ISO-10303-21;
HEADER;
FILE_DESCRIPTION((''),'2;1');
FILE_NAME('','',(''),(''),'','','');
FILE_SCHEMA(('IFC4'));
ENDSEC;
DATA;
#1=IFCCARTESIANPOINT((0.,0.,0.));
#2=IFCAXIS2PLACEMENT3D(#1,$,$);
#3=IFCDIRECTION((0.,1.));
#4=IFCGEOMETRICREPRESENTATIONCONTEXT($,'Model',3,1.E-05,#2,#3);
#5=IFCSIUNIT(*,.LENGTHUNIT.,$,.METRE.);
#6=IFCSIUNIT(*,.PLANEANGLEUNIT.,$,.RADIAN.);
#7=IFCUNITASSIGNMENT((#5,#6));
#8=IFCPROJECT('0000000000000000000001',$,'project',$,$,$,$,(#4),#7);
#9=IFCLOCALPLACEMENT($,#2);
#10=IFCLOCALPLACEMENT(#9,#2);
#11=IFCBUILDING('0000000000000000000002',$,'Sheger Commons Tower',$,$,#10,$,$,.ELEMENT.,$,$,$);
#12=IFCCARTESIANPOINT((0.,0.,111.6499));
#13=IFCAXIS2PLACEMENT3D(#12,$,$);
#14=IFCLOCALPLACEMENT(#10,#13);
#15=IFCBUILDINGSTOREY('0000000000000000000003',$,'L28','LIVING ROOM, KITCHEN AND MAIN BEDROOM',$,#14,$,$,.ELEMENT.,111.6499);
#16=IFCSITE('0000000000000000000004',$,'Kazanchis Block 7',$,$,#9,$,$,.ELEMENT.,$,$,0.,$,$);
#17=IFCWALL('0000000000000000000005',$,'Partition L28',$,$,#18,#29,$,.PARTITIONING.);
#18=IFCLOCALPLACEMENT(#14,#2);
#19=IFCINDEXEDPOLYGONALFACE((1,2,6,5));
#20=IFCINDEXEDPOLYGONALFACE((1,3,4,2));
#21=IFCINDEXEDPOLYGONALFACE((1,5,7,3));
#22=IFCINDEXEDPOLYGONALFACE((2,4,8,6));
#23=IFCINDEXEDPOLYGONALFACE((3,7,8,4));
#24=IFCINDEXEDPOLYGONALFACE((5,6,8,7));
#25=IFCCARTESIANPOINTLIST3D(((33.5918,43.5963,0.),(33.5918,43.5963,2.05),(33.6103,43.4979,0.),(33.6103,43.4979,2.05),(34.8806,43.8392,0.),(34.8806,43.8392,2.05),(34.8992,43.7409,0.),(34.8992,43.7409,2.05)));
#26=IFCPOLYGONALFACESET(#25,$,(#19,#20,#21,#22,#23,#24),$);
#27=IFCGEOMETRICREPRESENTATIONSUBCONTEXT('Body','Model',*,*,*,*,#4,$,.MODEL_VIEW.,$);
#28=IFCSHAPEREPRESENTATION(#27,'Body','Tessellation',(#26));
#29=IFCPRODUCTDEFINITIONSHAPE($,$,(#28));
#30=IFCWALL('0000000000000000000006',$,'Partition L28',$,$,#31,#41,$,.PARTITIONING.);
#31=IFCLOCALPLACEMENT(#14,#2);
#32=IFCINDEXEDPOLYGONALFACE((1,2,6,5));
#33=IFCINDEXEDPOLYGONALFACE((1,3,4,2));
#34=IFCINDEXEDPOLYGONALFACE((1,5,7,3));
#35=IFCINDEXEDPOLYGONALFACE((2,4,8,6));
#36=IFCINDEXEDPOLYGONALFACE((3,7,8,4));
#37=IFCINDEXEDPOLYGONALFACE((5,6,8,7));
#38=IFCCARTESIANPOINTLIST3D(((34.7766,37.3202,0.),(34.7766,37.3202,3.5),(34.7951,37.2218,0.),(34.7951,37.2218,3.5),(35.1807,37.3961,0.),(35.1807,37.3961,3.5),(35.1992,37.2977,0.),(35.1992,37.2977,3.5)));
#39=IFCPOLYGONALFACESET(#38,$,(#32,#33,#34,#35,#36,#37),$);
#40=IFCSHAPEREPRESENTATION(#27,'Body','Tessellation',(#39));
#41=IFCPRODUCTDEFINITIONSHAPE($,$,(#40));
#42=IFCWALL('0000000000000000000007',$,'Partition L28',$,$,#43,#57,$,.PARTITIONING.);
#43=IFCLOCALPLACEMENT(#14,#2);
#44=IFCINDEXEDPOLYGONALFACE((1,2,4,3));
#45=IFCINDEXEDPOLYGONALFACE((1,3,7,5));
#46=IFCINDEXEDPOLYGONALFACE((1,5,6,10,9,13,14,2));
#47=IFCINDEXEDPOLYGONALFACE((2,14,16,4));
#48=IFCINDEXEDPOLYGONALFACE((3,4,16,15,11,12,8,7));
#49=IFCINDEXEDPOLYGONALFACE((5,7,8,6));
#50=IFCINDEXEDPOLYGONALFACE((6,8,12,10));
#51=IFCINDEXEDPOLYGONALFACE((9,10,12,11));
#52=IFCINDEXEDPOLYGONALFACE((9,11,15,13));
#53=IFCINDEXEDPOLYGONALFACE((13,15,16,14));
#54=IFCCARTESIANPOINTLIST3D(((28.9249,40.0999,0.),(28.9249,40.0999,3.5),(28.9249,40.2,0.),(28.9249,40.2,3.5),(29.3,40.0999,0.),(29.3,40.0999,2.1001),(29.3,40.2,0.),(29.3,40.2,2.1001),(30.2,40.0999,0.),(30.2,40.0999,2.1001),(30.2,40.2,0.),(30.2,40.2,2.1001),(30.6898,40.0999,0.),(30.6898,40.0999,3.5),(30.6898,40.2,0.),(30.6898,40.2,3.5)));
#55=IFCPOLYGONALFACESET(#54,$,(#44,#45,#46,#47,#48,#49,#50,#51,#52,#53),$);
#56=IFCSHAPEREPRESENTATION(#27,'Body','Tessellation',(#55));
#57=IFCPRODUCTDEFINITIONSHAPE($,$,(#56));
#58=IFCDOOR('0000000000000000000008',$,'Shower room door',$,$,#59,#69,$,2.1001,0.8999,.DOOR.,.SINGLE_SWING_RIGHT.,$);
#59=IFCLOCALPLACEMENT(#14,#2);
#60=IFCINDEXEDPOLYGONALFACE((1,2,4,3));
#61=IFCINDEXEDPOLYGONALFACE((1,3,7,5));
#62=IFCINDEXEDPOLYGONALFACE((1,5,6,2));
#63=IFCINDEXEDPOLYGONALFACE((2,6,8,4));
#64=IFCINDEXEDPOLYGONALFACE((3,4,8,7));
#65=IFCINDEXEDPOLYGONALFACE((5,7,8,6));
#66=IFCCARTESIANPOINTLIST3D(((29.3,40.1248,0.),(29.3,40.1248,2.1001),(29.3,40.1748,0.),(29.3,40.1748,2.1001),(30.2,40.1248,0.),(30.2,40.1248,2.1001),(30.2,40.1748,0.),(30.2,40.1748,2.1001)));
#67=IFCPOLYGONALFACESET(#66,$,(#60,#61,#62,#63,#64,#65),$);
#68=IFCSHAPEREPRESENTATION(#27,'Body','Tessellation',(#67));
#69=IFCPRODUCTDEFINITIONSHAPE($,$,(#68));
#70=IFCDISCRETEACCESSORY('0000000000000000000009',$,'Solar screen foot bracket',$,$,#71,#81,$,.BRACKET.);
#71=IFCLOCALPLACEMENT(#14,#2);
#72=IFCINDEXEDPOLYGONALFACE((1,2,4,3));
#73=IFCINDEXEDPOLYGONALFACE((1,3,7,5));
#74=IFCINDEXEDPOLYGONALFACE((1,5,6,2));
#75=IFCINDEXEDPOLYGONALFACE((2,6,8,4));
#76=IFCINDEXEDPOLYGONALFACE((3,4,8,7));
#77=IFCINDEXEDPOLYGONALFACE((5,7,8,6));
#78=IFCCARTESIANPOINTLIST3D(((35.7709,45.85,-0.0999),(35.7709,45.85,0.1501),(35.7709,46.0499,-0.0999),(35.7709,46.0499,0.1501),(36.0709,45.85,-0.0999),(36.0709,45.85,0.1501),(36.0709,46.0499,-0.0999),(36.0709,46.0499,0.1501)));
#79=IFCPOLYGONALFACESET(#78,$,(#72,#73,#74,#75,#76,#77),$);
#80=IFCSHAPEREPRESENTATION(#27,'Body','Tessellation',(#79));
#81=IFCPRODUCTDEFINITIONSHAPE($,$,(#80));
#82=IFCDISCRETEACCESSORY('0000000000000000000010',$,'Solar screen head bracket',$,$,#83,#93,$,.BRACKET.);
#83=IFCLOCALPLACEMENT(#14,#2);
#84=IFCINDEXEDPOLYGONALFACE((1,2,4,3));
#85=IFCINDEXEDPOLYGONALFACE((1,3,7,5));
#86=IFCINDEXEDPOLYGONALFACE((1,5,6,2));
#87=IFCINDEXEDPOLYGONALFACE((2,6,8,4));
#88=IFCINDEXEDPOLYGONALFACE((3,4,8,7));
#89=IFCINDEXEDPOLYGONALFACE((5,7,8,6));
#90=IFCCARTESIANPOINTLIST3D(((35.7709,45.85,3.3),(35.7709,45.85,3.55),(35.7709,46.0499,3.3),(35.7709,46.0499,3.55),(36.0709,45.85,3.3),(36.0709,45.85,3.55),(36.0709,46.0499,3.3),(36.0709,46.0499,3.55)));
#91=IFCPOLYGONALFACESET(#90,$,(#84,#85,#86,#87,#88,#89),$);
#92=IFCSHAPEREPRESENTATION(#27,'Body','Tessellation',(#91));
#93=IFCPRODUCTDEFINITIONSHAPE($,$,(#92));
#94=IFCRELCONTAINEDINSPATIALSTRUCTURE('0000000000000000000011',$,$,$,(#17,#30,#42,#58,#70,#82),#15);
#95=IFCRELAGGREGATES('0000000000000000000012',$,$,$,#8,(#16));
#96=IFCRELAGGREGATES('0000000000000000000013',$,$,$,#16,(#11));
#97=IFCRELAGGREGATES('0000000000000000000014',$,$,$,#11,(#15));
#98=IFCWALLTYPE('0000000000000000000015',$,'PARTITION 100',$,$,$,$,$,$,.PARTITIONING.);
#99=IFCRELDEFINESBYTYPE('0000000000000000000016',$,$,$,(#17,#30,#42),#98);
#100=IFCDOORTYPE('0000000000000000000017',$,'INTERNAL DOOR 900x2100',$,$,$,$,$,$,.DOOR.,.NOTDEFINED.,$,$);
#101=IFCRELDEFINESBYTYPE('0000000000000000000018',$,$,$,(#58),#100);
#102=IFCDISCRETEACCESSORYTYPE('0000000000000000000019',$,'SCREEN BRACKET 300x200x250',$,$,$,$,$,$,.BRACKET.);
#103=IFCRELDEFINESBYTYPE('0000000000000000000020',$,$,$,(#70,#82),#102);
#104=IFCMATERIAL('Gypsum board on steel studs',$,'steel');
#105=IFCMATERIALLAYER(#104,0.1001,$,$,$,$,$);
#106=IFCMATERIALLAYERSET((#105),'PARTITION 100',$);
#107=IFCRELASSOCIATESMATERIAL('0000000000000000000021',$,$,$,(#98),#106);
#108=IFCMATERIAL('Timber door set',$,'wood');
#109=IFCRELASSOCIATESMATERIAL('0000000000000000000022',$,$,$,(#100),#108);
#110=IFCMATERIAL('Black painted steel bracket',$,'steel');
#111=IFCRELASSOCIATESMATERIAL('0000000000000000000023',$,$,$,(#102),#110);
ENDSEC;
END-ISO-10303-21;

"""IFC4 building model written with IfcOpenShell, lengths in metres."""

from ifc_helpers import new_model, si_unit, direction, frame, frame_2d, origin, origin_2d, place, context, subcontext, project, spatial, rectangle, extrude, material, layer, layer_set, type_object, element, fill, save


model = new_model("IFC4")

# Units and contexts
model_context = context("Model", 3, precision=1e-05, world=origin(), true_north=direction((0.0, 1.0)))
body_context = subcontext(model_context, "Body", "Model", "MODEL_VIEW")
ifc_project = project(units=[si_unit("LENGTHUNIT", "METRE"), si_unit("PLANEANGLEUNIT", "RADIAN")], contexts=[model_context])

# Site, building, storey
site_placement = place(None, origin())
site = spatial("IfcSite", under=ifc_project, at=site_placement, Name="Kazanchis Block 7", CompositionType="ELEMENT", RefElevation=0.0)
building_placement = place(site_placement, origin())
building = spatial("IfcBuilding", under=site, at=building_placement, Name="Sheger Commons Tower", CompositionType="ELEMENT")
storey_placement = place(building_placement, frame((0.0, 0.0, 111.6499)))
storey = spatial("IfcBuildingStorey", under=building, at=storey_placement, Name="L28", Description="LIVING ROOM, KITCHEN AND MAIN BEDROOM", CompositionType="ELEMENT", Elevation=111.6499)

# Walls
ifc_material_1 = material(Name="Gypsum board on steel studs", Category="steel")
ifc_layer_1 = layer(ifc_material_1, 0.1001)
ifc_layer_set_1 = layer_set([ifc_layer_1], Name="PARTITION 100")
wall_type_1 = type_object("IfcWallType", Name="PARTITION 100", PredefinedType="PARTITIONING", material=ifc_layer_set_1)
wall_1_placement = place(storey_placement, frame((34.8899, 43.79, 0.0), z_axis=(0.0, 0.0, 1.0), x_axis=(-0.982697, -0.185221, 0.0)))
element("IfcWall", 1, at=wall_1_placement, inside=storey, type_object=wall_type_1, Name="Partition L28", PredefinedType="PARTITIONING", context=body_context, shape_type="SweptSolid", body=[
    extrude(rectangle(XDim=1.3115, YDim=0.1001, at=frame_2d((0.6558, 0.0))), origin(), (0.0, 0.0, 1.0), 2.05),
])
wall_2_placement = place(storey_placement, frame((35.1899, 37.3469, 0.0), z_axis=(0.0, 0.0, 1.0), x_axis=(-0.982798, -0.184683, 0.0)))
element("IfcWall", 2, at=wall_2_placement, inside=storey, type_object=wall_type_1, Name="Partition L28", PredefinedType="PARTITIONING", context=body_context, shape_type="SweptSolid", body=[
    extrude(rectangle(XDim=0.4111, YDim=0.1001, at=frame_2d((0.2056, 0.0))), origin(), (0.0, 0.0, 1.0), 3.5),
])

# Wall, opening, door
wall_3_placement = place(storey_placement, frame((28.925, 40.1499, 0.0), z_axis=(0.0, 0.0, 1.0), x_axis=(1.0, 0.0, 0.0)))
wall_3 = element("IfcWall", 3, at=wall_3_placement, inside=storey, type_object=wall_type_1, Name="Partition L28", PredefinedType="PARTITIONING", context=body_context, shape_type="SweptSolid", body=[
    extrude(rectangle(XDim=1.7649, YDim=0.1001, at=frame_2d((0.8823, 0.0))), origin(), (0.0, 0.0, 1.0), 3.5),
])
opening_1_placement = place(wall_3_placement, frame((0.375, 0.0, 0.0)))
opening_1 = element("IfcOpeningElement", 4, at=opening_1_placement, cuts=wall_3, PredefinedType="OPENING", context=body_context, shape_type="SweptSolid", body=[
    extrude(rectangle(XDim=0.8999, YDim=2.1001, at=frame_2d((0.45, 1.05))), frame((0.0, 0.0601, 0.0), z_axis=(0.0, -1.0, 0.0), x_axis=(1.0, 0.0, 0.0)), (0.0, 0.0, 1.0), 0.1201),
])
ifc_material_2 = material(Name="Timber door set", Category="wood")
door_type_1 = type_object("IfcDoorType", Name="INTERNAL DOOR 900x2100", OperationType="NOTDEFINED", PredefinedType="DOOR", material=ifc_material_2)
door_1_placement = place(opening_1_placement, origin())
door_1 = element("IfcDoor", 5, at=door_1_placement, inside=storey, type_object=door_type_1, Name="Shower room door", OperationType="SINGLE_SWING_RIGHT", OverallHeight=2.1001, OverallWidth=0.8999, PredefinedType="DOOR", context=body_context, shape_type="SweptSolid", body=[
    extrude(rectangle(XDim=0.8999, YDim=2.1001, at=frame_2d((0.45, 1.05))), frame((0.0, 0.0249, 0.0), z_axis=(0.0, -1.0, 0.0), x_axis=(1.0, 0.0, 0.0)), (0.0, 0.0, 1.0), 0.05),
])
fill(opening_1, door_1)

# Discrete accessories
ifc_material_3 = material(Name="Black painted steel bracket", Category="steel")
discrete_accessory_type = type_object("IfcDiscreteAccessoryType", Name="SCREEN BRACKET 300x200x250", PredefinedType="BRACKET", material=ifc_material_3)
for number, where, z_axis, x_axis, name in (
    (6, (35.9209, 45.95, -0.0999), (0.0, 0.0, 1.0), (-1.0, 0.0, 0.0), "Solar screen foot bracket"),
    (7, (35.9209, 45.95, 3.3), (0.0, 0.0, 1.0), (-1.0, 0.0, 0.0), "Solar screen head bracket"),
):
    element("IfcDiscreteAccessory", number, at=place(storey_placement, frame(where, z_axis=z_axis, x_axis=x_axis)), inside=storey, type_object=discrete_accessory_type, Name=name, PredefinedType="BRACKET", context=body_context, shape_type="SweptSolid", body=[
        extrude(rectangle(XDim=0.3, YDim=0.2, at=origin_2d()), origin(), (0.0, 0.0, 1.0), 0.25),
    ])

save(model, "model.ifc")
